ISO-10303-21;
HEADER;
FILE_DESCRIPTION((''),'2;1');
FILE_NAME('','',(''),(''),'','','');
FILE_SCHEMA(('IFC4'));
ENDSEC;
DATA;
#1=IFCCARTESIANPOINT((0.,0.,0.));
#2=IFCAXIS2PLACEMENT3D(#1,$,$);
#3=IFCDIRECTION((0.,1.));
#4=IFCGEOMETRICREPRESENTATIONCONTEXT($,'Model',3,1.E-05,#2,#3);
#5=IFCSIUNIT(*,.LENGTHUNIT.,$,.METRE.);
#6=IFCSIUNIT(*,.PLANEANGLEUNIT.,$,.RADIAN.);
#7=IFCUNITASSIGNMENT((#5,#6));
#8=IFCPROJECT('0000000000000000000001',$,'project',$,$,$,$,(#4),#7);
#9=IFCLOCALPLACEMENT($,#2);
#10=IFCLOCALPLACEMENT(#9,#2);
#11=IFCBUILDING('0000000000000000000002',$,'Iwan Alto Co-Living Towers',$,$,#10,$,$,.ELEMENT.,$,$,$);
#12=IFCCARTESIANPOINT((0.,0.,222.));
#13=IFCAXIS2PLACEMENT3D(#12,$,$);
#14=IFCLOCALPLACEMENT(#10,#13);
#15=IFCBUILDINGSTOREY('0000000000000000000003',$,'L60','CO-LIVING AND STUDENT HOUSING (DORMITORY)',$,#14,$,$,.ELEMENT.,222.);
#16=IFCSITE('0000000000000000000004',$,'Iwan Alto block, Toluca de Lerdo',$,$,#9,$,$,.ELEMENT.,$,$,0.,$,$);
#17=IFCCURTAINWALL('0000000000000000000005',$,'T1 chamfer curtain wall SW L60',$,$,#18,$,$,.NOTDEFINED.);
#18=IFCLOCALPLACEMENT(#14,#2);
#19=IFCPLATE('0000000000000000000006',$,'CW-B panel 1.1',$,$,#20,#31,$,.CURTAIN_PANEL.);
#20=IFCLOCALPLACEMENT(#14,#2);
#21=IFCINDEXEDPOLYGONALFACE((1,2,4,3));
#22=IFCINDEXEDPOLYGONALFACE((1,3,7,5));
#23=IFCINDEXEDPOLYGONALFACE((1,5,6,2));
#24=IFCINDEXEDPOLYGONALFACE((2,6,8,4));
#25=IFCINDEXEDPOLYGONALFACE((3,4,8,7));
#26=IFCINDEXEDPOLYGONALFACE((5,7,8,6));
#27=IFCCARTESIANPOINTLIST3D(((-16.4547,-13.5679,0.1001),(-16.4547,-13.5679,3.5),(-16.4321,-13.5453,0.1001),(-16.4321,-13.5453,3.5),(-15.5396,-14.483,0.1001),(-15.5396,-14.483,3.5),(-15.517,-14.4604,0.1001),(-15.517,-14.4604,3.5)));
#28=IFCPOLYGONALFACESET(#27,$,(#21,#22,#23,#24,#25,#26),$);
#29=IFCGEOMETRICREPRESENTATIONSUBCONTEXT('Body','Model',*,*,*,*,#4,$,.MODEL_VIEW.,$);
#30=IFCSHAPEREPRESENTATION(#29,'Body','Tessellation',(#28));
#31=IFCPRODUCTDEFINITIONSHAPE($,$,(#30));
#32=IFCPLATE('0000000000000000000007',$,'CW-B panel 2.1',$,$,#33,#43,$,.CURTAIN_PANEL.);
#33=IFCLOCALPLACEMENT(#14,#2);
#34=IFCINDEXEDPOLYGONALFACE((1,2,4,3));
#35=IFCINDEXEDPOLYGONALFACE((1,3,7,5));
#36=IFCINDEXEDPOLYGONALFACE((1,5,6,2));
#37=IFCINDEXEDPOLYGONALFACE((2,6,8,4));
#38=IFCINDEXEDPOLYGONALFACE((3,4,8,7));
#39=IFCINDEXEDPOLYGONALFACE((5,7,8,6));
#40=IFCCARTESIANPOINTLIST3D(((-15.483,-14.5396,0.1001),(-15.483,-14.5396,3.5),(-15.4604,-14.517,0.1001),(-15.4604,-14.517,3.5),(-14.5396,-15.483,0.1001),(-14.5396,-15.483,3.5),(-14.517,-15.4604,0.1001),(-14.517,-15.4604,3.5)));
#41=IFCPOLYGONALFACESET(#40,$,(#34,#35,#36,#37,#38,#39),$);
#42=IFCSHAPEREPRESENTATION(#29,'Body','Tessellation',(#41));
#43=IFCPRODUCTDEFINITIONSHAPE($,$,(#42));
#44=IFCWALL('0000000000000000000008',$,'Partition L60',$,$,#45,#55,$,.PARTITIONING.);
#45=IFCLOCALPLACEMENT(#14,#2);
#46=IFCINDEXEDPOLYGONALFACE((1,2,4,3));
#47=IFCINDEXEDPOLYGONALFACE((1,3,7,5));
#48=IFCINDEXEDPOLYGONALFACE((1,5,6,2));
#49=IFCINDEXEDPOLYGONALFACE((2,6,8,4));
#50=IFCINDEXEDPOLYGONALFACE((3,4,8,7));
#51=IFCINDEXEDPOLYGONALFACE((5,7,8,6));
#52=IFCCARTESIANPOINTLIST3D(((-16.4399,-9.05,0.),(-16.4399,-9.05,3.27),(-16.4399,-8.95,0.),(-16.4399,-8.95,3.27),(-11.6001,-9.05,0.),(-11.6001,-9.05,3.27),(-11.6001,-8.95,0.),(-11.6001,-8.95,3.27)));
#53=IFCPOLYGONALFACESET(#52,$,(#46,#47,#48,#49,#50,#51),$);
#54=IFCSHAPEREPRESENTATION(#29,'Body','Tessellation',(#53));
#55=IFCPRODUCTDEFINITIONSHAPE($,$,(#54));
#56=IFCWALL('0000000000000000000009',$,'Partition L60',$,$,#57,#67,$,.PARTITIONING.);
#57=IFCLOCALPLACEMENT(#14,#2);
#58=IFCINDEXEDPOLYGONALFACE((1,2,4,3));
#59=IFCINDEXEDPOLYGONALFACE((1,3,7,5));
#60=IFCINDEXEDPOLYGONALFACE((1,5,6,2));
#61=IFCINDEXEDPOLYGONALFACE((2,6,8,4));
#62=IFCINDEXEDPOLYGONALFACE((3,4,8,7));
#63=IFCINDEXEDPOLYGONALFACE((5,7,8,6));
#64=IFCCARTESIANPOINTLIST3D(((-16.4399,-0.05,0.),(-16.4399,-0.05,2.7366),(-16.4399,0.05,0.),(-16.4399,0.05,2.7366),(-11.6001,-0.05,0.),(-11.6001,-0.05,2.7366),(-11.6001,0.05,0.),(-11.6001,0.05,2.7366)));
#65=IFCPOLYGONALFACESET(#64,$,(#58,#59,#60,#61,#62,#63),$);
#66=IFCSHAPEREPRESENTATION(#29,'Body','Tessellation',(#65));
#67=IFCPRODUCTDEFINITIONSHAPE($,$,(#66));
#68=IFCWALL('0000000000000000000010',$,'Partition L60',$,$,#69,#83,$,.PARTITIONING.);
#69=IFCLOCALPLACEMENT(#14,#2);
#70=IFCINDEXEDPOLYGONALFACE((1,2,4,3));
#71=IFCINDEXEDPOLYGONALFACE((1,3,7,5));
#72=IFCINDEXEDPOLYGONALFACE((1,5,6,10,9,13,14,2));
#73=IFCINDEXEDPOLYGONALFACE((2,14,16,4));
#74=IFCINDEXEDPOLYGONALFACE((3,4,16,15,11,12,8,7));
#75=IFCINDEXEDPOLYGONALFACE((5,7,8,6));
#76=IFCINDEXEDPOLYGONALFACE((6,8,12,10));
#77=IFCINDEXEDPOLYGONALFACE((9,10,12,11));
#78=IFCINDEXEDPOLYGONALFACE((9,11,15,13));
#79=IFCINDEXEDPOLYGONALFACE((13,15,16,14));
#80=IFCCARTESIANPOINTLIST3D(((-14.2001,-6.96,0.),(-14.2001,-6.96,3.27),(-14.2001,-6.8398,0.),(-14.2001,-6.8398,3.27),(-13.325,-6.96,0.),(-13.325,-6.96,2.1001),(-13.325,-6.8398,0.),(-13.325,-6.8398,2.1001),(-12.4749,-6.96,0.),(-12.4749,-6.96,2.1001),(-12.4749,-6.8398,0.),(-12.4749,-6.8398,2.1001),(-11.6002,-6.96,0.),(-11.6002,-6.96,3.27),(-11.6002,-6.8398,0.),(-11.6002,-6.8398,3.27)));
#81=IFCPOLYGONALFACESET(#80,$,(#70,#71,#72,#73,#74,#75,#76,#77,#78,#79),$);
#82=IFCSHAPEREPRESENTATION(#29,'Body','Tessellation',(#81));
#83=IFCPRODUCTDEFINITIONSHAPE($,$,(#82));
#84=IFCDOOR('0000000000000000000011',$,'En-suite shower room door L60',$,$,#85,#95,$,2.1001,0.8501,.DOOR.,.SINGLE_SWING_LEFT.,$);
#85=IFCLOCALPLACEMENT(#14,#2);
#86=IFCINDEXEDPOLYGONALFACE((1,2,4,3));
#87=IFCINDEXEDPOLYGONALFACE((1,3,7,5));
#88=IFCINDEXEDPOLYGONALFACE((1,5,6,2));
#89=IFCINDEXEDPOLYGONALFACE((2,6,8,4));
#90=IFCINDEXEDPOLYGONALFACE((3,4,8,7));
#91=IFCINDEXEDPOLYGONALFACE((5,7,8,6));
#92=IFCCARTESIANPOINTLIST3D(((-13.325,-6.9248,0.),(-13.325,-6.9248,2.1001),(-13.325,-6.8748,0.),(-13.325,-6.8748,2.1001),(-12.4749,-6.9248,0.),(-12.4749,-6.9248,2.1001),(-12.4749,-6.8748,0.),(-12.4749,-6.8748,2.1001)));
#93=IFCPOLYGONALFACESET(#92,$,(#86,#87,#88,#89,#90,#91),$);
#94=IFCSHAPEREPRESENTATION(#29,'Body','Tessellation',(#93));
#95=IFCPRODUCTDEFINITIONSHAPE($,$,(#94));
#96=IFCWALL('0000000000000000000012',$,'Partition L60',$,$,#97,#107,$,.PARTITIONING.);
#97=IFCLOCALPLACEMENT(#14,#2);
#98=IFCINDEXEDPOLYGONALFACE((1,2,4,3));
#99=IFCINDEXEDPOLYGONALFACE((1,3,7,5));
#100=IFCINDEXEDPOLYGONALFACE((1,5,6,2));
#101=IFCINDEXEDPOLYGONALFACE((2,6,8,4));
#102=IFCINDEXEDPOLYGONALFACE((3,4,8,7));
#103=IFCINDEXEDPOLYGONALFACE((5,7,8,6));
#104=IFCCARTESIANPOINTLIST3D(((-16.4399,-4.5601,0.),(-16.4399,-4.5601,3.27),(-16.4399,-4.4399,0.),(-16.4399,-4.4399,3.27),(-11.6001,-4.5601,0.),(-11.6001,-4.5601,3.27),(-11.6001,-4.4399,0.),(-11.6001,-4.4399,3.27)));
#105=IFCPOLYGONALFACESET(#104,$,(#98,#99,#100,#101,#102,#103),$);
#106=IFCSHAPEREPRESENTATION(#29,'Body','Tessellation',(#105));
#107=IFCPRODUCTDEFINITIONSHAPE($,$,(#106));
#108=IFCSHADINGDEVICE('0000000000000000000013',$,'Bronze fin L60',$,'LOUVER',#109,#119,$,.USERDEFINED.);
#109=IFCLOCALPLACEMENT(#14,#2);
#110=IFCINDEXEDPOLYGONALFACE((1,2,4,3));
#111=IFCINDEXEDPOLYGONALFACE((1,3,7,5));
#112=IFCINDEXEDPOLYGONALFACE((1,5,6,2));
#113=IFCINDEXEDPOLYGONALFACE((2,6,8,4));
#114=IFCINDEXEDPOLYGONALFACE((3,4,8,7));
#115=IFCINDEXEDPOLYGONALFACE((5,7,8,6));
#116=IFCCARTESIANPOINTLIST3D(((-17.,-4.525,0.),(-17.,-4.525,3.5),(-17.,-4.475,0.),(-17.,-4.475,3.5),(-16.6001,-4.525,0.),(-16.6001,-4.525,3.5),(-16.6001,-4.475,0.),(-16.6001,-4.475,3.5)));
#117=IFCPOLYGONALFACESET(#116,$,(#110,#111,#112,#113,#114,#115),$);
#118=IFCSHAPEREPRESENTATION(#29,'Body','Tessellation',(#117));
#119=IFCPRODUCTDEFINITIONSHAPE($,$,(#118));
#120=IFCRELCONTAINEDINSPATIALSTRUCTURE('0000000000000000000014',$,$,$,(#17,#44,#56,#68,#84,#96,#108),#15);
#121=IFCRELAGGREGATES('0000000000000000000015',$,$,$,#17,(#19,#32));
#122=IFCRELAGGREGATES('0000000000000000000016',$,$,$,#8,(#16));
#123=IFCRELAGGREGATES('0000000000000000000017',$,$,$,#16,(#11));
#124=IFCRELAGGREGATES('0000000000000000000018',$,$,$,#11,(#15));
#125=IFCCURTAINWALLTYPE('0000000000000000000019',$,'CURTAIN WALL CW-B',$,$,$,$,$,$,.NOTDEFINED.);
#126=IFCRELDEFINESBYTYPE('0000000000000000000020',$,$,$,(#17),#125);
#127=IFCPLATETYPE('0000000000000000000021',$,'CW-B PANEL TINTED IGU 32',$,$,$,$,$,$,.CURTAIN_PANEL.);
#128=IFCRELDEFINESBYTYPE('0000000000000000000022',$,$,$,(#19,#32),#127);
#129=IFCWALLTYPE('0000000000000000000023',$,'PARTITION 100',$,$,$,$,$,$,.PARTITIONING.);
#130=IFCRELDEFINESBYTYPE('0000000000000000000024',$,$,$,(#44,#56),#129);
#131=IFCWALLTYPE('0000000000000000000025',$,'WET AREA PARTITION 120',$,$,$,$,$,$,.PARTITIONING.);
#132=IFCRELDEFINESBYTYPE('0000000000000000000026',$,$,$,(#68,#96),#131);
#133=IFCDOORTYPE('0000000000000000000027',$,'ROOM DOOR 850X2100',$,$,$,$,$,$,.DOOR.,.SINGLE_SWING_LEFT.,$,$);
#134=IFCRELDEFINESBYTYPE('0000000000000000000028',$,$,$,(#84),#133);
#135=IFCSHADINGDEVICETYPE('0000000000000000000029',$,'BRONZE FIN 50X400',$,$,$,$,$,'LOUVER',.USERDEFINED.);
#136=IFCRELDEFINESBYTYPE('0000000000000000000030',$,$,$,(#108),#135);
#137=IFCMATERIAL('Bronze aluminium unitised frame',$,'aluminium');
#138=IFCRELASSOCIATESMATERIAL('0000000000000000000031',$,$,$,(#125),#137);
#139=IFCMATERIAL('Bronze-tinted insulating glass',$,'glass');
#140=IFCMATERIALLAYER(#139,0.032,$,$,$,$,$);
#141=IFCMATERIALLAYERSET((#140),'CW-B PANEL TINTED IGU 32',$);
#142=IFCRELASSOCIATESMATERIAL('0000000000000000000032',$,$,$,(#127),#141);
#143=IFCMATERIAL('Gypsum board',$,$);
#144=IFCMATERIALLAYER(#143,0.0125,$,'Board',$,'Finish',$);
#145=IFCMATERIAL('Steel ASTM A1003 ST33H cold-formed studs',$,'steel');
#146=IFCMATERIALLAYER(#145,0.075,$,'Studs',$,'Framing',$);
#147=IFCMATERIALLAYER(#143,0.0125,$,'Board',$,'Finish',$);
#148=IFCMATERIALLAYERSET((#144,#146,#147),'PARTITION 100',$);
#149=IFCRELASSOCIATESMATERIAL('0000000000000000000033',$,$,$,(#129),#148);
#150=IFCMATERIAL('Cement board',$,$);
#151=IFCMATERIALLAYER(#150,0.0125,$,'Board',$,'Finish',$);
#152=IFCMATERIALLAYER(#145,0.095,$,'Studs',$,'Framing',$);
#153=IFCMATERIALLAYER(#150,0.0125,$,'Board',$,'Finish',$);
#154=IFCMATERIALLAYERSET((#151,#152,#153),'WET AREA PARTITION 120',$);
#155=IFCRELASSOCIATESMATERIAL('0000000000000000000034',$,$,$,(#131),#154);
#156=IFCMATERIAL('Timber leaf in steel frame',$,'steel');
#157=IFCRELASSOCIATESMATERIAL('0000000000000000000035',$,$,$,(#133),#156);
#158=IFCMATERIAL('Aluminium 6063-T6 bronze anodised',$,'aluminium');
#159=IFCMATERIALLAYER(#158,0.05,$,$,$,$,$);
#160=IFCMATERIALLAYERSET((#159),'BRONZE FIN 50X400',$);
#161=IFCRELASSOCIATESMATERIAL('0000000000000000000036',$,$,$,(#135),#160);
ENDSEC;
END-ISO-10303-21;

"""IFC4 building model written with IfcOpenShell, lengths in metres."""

from ifc_helpers import new_model, si_unit, direction, frame, frame_2d, origin, origin_2d, place, context, subcontext, project, spatial, rectangle, extrude, material, layer, layer_set, type_object, element, fill, aggregate, save


model = new_model("IFC4")

# Units and contexts
model_context = context("Model", 3, precision=1e-05, world=origin(), true_north=direction((0.0, 1.0)))
body_context = subcontext(model_context, "Body", "Model", "MODEL_VIEW")
ifc_project = project(units=[si_unit("LENGTHUNIT", "METRE"), si_unit("PLANEANGLEUNIT", "RADIAN")], contexts=[model_context])

# Site, building, storey
site_placement = place(None, origin())
site = spatial("IfcSite", under=ifc_project, at=site_placement, Name="Iwan Alto block, Toluca de Lerdo", CompositionType="ELEMENT", RefElevation=0.0)
building_placement = place(site_placement, origin())
building = spatial("IfcBuilding", under=site, at=building_placement, Name="Iwan Alto Co-Living Towers", CompositionType="ELEMENT")
storey_placement = place(building_placement, frame((0.0, 0.0, 222.0)))
storey = spatial("IfcBuildingStorey", under=building, at=storey_placement, Name="L60", Description="CO-LIVING AND STUDENT HOUSING (DORMITORY)", CompositionType="ELEMENT", Elevation=222.0)

# Curtain wall
ifc_material_1 = material(Name="Bronze aluminium unitised frame", Category="aluminium")
curtain_wall_type_1 = type_object("IfcCurtainWallType", Name="CURTAIN WALL CW-B", PredefinedType="NOTDEFINED", material=ifc_material_1)
curtain_wall_1_placement = place(storey_placement, origin())
curtain_wall_1 = element("IfcCurtainWall", 1, at=curtain_wall_1_placement, inside=storey, type_object=curtain_wall_type_1, Name="T1 chamfer curtain wall SW L60", PredefinedType="NOTDEFINED")

# Plates
ifc_material_2 = material(Name="Bronze-tinted insulating glass", Category="glass")
ifc_layer_1 = layer(ifc_material_2, 0.032)
ifc_layer_set_1 = layer_set([ifc_layer_1], Name="CW-B PANEL TINTED IGU 32")
plate_type_1 = type_object("IfcPlateType", Name="CW-B PANEL TINTED IGU 32", PredefinedType="CURTAIN_PANEL", material=ifc_layer_set_1)
plate_1_placement = place(storey_placement, frame((-15.9858, -14.0142, 0.1001), z_axis=(0.0, 0.0, 1.0), x_axis=(0.707107, -0.707107, 0.0)))
plate_1 = element("IfcPlate", 2, at=plate_1_placement, type_object=plate_type_1, Name="CW-B panel 1.1", PredefinedType="CURTAIN_PANEL", context=body_context, shape_type="SweptSolid", body=[
    extrude(rectangle(XDim=1.2942, YDim=0.032, at=origin_2d()), origin(), (0.0, 0.0, 1.0), 3.3999),
])
plate_2_placement = place(storey_placement, frame((-15.0, -15.0, 0.1001), z_axis=(0.0, 0.0, 1.0), x_axis=(0.707107, -0.707107, 0.0)))
plate_2 = element("IfcPlate", 3, at=plate_2_placement, type_object=plate_type_1, Name="CW-B panel 2.1", PredefinedType="CURTAIN_PANEL", context=body_context, shape_type="SweptSolid", body=[
    extrude(rectangle(XDim=1.3342, YDim=0.032, at=origin_2d()), origin(), (0.0, 0.0, 1.0), 3.3999),
])
aggregate(curtain_wall_1, [plate_1, plate_2])

# Walls
ifc_material_3 = material(Name="Gypsum board")
ifc_layer_2 = layer(ifc_material_3, 0.0125, Name="Board", Category="Finish")
ifc_material_4 = material(Name="Steel ASTM A1003 ST33H cold-formed studs", Category="steel")
ifc_layer_3 = layer(ifc_material_4, 0.075, Name="Studs", Category="Framing")
ifc_layer_4 = layer(ifc_material_3, 0.0125, Name="Board", Category="Finish")
ifc_layer_set_2 = layer_set([ifc_layer_2, ifc_layer_3, ifc_layer_4], Name="PARTITION 100")
wall_type_1 = type_object("IfcWallType", Name="PARTITION 100", PredefinedType="PARTITIONING", material=ifc_layer_set_2)
wall_1_placement = place(storey_placement, frame((-16.4399, -9.0, 0.0), z_axis=(0.0, 0.0, 1.0), x_axis=(1.0, 0.0, 0.0)))
element("IfcWall", 4, at=wall_1_placement, inside=storey, type_object=wall_type_1, Name="Partition L60", PredefinedType="PARTITIONING", context=body_context, shape_type="SweptSolid", body=[
    extrude(rectangle(XDim=4.8398, YDim=0.1001, at=frame_2d((2.4199, 0.0))), origin(), (0.0, 0.0, 1.0), 3.27),
])
wall_2_placement = place(storey_placement, frame((-16.4399, 0.0, 0.0), z_axis=(0.0, 0.0, 1.0), x_axis=(1.0, 0.0, 0.0)))
element("IfcWall", 5, at=wall_2_placement, inside=storey, type_object=wall_type_1, Name="Partition L60", PredefinedType="PARTITIONING", context=body_context, shape_type="SweptSolid", body=[
    extrude(rectangle(XDim=4.8398, YDim=0.1001, at=frame_2d((2.4199, 0.0))), origin(), (0.0, 0.0, 1.0), 2.7366),
])

# Wall, opening, door
ifc_material_5 = material(Name="Cement board")
ifc_layer_5 = layer(ifc_material_5, 0.0125, Name="Board", Category="Finish")
ifc_layer_6 = layer(ifc_material_4, 0.095, Name="Studs", Category="Framing")
ifc_layer_7 = layer(ifc_material_5, 0.0125, Name="Board", Category="Finish")
ifc_layer_set_3 = layer_set([ifc_layer_5, ifc_layer_6, ifc_layer_7], Name="WET AREA PARTITION 120")
wall_type_2 = type_object("IfcWallType", Name="WET AREA PARTITION 120", PredefinedType="PARTITIONING", material=ifc_layer_set_3)
wall_3_placement = place(storey_placement, frame((-14.2, -6.8999, 0.0), z_axis=(0.0, 0.0, 1.0), x_axis=(1.0, 0.0, 0.0)))
wall_3 = element("IfcWall", 6, at=wall_3_placement, inside=storey, type_object=wall_type_2, Name="Partition L60", PredefinedType="PARTITIONING", context=body_context, shape_type="SweptSolid", body=[
    extrude(rectangle(XDim=2.5999, YDim=0.1201, at=frame_2d((1.2998, 0.0))), origin(), (0.0, 0.0, 1.0), 3.27),
])
opening_placement = place(wall_3_placement, frame((0.875, 0.0, 0.0)))
opening = element("IfcOpeningElement", 7, at=opening_placement, cuts=wall_3, PredefinedType="OPENING", context=body_context, shape_type="SweptSolid", body=[
    extrude(rectangle(XDim=0.8501, YDim=2.1001, at=frame_2d((0.425, 1.05))), frame((0.0, 0.0701, 0.0), z_axis=(0.0, -1.0, 0.0), x_axis=(1.0, 0.0, 0.0)), (0.0, 0.0, 1.0), 0.1401),
])
ifc_material_6 = material(Name="Timber leaf in steel frame", Category="steel")
door_type = type_object("IfcDoorType", Name="ROOM DOOR 850X2100", OperationType="SINGLE_SWING_LEFT", PredefinedType="DOOR", material=ifc_material_6)
door_placement = place(opening_placement, frame((0.8501, 0.0, 0.0), z_axis=(0.0, 0.0, 1.0), x_axis=(-1.0, 0.0, 0.0)))
door = element("IfcDoor", 8, at=door_placement, inside=storey, type_object=door_type, Name="En-suite shower room door L60", OperationType="SINGLE_SWING_LEFT", OverallHeight=2.1001, OverallWidth=0.8501, PredefinedType="DOOR", context=body_context, shape_type="SweptSolid", body=[
    extrude(rectangle(XDim=0.8501, YDim=2.1001, at=frame_2d((0.425, 1.05))), frame((0.0, 0.0249, 0.0), z_axis=(0.0, -1.0, 0.0), x_axis=(1.0, 0.0, 0.0)), (0.0, 0.0, 1.0), 0.05),
])
fill(opening, door)

# Wall
wall_4_placement = place(storey_placement, frame((-16.4399, -4.5, 0.0), z_axis=(0.0, 0.0, 1.0), x_axis=(1.0, 0.0, 0.0)))
element("IfcWall", 9, at=wall_4_placement, inside=storey, type_object=wall_type_2, Name="Partition L60", PredefinedType="PARTITIONING", context=body_context, shape_type="SweptSolid", body=[
    extrude(rectangle(XDim=4.8398, YDim=0.1201, at=frame_2d((2.4199, 0.0))), origin(), (0.0, 0.0, 1.0), 3.27),
])

# Shading device
ifc_material_7 = material(Name="Aluminium 6063-T6 bronze anodised", Category="aluminium")
ifc_layer_8 = layer(ifc_material_7, 0.05)
ifc_layer_set_4 = layer_set([ifc_layer_8], Name="BRONZE FIN 50X400")
shading_device_type = type_object("IfcShadingDeviceType", Name="BRONZE FIN 50X400", ElementType="LOUVER", PredefinedType="USERDEFINED", material=ifc_layer_set_4)
shading_device_placement = place(storey_placement, frame((-16.8, -4.5, 0.0), z_axis=(0.0, 0.0, 1.0), x_axis=(0.0, -1.0, 0.0)))
element("IfcShadingDevice", 10, at=shading_device_placement, inside=storey, type_object=shading_device_type, Name="Bronze fin L60", ObjectType="LOUVER", PredefinedType="USERDEFINED", context=body_context, shape_type="SweptSolid", body=[
    extrude(rectangle(XDim=0.05, YDim=0.3999, at=origin_2d()), origin(), (0.0, 0.0, 1.0), 3.5),
])

save(model, "model.ifc")
